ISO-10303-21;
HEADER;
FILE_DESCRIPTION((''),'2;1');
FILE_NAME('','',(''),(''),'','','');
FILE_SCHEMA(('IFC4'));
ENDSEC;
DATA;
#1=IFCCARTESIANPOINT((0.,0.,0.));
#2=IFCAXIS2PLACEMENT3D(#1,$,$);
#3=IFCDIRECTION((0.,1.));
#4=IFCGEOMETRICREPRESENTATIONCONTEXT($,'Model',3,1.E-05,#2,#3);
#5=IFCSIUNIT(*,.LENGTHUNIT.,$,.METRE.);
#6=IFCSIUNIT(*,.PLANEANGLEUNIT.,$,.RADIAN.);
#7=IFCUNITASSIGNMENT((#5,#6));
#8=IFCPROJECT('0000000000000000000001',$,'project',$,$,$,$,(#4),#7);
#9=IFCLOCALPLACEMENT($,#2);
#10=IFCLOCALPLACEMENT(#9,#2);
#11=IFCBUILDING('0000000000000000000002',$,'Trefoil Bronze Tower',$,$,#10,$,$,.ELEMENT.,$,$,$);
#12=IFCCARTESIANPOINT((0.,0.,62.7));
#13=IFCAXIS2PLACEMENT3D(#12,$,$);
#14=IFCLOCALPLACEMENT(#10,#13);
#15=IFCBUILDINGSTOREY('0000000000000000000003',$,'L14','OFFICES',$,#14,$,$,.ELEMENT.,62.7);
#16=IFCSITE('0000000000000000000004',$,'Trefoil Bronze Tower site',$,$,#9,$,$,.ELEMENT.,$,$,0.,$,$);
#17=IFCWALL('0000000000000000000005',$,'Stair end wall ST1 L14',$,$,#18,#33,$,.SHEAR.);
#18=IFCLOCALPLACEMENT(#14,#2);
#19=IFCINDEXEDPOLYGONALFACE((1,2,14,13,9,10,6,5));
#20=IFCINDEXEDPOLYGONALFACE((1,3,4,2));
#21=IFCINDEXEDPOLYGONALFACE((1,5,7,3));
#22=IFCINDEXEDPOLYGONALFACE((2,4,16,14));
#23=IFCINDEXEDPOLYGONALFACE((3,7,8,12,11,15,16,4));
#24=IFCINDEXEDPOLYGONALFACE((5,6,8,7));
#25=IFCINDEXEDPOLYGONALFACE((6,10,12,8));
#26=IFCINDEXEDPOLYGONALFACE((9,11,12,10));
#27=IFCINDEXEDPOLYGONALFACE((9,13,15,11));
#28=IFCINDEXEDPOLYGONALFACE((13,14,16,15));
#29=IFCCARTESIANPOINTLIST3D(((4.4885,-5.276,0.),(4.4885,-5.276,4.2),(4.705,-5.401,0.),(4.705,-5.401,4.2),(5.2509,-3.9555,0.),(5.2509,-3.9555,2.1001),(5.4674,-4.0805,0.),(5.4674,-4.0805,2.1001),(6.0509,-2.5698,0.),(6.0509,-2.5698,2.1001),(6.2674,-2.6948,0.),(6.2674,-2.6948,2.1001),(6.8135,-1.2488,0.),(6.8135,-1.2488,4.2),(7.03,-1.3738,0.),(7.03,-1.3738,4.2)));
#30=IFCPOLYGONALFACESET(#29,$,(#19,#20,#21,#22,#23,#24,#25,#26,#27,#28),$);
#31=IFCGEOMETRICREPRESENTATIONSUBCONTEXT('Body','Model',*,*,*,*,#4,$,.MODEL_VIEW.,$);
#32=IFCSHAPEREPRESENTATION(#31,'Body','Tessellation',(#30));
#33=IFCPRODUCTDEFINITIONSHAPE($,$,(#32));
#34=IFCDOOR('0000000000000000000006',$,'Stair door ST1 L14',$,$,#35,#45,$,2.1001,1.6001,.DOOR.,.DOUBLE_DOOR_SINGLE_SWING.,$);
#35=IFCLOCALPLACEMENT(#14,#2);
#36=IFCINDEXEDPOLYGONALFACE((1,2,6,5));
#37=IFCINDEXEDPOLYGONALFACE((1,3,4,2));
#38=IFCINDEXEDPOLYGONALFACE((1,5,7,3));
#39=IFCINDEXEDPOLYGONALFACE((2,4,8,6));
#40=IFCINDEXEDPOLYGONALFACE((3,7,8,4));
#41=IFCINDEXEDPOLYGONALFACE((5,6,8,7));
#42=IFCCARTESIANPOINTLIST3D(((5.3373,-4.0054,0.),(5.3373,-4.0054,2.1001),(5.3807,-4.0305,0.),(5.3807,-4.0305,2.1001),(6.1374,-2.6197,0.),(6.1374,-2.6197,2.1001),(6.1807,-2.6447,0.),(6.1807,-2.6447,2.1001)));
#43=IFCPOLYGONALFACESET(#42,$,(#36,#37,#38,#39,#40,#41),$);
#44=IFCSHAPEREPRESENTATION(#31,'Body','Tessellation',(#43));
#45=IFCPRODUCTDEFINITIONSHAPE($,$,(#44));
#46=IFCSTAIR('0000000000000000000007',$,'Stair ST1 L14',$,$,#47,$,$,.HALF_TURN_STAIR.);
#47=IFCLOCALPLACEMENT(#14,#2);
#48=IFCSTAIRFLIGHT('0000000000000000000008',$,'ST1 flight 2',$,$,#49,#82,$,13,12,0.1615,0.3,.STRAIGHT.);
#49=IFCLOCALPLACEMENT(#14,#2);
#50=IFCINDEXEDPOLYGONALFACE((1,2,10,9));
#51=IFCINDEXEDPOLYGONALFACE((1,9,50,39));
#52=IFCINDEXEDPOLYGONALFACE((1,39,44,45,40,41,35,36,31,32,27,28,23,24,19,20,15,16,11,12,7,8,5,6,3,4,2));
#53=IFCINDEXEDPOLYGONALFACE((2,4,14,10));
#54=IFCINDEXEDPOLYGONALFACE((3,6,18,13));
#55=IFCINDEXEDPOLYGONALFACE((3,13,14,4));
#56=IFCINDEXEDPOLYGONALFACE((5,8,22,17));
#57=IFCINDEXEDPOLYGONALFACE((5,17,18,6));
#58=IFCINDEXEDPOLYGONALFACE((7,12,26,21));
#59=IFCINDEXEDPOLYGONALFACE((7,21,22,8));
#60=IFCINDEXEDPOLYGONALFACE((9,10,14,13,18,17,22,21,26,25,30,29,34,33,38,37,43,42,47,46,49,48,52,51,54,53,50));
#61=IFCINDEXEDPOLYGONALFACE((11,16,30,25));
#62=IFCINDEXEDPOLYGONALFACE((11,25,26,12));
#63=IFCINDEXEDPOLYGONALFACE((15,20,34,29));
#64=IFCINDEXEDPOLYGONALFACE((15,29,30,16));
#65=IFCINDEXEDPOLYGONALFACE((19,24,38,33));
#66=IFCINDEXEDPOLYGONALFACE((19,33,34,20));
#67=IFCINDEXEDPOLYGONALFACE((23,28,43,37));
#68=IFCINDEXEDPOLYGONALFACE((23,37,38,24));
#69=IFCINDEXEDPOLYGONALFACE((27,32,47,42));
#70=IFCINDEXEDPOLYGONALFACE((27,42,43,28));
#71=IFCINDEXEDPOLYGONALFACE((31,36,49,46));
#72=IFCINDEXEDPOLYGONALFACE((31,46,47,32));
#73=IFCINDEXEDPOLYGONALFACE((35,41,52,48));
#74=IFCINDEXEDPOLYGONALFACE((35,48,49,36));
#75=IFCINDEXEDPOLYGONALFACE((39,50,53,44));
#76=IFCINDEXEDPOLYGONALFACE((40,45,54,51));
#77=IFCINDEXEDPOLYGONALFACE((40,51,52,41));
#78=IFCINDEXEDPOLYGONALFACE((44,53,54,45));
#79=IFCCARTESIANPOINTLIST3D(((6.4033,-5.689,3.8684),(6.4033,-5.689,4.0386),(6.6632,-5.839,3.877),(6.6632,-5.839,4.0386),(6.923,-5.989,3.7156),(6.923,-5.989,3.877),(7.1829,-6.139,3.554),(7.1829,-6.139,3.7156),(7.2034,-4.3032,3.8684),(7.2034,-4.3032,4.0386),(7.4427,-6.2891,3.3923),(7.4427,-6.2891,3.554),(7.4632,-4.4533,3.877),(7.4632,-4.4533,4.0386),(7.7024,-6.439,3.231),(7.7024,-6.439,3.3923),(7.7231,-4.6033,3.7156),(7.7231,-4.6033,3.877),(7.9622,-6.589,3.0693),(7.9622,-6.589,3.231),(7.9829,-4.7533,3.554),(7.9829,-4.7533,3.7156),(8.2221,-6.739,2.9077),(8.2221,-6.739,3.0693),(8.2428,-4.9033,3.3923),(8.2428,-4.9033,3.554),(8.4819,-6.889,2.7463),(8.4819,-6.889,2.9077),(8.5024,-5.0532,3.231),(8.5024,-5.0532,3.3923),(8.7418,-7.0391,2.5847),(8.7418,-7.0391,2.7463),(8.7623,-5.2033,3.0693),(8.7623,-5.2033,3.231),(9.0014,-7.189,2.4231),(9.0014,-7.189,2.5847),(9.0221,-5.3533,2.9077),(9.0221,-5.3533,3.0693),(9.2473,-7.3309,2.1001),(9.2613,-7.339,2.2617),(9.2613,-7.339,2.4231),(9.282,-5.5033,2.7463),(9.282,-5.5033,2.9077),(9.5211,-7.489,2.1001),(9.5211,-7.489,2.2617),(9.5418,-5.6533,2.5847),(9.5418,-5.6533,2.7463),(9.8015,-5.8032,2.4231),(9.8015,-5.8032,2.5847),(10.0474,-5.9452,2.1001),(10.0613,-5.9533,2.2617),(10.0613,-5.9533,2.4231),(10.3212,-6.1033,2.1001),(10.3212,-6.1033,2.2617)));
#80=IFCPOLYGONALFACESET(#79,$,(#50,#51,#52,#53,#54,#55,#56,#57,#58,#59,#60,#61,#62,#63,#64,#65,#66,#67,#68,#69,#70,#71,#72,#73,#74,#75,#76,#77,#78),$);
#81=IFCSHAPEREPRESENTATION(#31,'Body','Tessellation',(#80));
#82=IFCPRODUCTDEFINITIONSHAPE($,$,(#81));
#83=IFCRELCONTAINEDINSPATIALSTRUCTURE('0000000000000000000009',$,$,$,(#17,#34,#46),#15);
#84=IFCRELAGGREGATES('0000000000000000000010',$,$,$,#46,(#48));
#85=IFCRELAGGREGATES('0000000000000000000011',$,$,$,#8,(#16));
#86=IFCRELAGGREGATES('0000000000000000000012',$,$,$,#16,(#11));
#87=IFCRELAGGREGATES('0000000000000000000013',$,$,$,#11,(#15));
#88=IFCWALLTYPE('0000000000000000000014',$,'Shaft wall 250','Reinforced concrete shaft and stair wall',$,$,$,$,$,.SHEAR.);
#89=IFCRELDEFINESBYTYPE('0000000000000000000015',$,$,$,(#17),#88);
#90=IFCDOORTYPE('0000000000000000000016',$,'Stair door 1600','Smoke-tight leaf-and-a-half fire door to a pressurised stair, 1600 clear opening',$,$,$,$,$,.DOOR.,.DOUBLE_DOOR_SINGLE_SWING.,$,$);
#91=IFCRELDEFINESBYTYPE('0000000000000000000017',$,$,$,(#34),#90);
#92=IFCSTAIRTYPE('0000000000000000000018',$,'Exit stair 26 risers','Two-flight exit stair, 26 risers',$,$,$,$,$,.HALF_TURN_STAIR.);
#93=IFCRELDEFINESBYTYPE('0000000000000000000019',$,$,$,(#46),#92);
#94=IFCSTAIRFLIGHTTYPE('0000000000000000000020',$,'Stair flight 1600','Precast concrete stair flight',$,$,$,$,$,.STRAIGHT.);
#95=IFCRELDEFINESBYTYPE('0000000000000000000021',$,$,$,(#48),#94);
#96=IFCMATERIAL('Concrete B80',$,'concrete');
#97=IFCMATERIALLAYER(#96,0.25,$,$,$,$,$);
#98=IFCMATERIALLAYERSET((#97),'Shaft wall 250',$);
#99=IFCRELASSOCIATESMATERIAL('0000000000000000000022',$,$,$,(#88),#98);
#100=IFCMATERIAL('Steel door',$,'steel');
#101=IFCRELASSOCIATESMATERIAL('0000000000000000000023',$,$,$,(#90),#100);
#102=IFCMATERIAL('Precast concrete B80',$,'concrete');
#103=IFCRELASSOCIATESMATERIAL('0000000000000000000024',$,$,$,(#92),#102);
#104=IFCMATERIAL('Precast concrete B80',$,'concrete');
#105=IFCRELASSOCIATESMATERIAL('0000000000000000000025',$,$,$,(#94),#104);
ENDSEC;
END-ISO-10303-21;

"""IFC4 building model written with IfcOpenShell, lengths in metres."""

from ifc_helpers import new_model, si_unit, direction, frame, frame_2d, origin, place, context, subcontext, project, spatial, polyline, rectangle, outline, extrude, material, layer, layer_set, type_object, element, fill, aggregate, save


model = new_model("IFC4")

# Units and contexts
model_context = context("Model", 3, precision=1e-05, world=origin(), true_north=direction((0.0, 1.0)))
body_context = subcontext(model_context, "Body", "Model", "MODEL_VIEW")
ifc_project = project(units=[si_unit("LENGTHUNIT", "METRE"), si_unit("PLANEANGLEUNIT", "RADIAN")], contexts=[model_context])

# Site, building, storey
site_placement = place(None, origin())
site = spatial("IfcSite", under=ifc_project, at=site_placement, Name="Trefoil Bronze Tower site", CompositionType="ELEMENT", RefElevation=0.0)
building_placement = place(site_placement, origin())
building = spatial("IfcBuilding", under=site, at=building_placement, Name="Trefoil Bronze Tower", CompositionType="ELEMENT")
storey_placement = place(building_placement, frame((0.0, 0.0, 62.7)))
storey = spatial("IfcBuildingStorey", under=building, at=storey_placement, Name="L14", Description="OFFICES", CompositionType="ELEMENT", Elevation=62.7)

# Wall, opening, door
ifc_material_1 = material(Name="Concrete B80", Category="concrete")
ifc_layer_1 = layer(ifc_material_1, 0.25)
ifc_layer_set_1 = layer_set([ifc_layer_1], Name="Shaft wall 250")
wall_type_1 = type_object("IfcWallType", Name="Shaft wall 250", Description="Reinforced concrete shaft and stair wall", PredefinedType="SHEAR", material=ifc_layer_set_1)
wall_1_placement = place(storey_placement, frame((4.5967, -5.3386, 0.0), z_axis=(0.0, 0.0, 1.0), x_axis=(0.499985, 0.866034, 0.0)))
wall_1 = element("IfcWall", 1, at=wall_1_placement, inside=storey, type_object=wall_type_1, Name="Stair end wall ST1 L14", PredefinedType="SHEAR", context=body_context, shape_type="SweptSolid", body=[
    extrude(rectangle(XDim=4.6501, YDim=0.25, at=frame_2d((2.3252, 0.0))), origin(), (0.0, 0.0, 1.0), 4.2),
])
opening_1_placement = place(wall_1_placement, frame((1.5249, 0.0, 0.0)))
opening_1 = element("IfcOpeningElement", 2, at=opening_1_placement, cuts=wall_1, PredefinedType="OPENING", context=body_context, shape_type="SweptSolid", body=[
    extrude(rectangle(XDim=1.6001, YDim=2.1001, at=frame_2d((0.8, 1.05))), frame((0.0, 0.135, 0.0), z_axis=(0.0, -1.0, 0.0), x_axis=(1.0, 0.0, 0.0)), (0.0, 0.0, 1.0), 0.27),
])
ifc_material_2 = material(Name="Steel door", Category="steel")
door_type_1 = type_object("IfcDoorType", Name="Stair door 1600", Description="Smoke-tight leaf-and-a-half fire door to a pressurised stair, 1600 clear opening", OperationType="DOUBLE_DOOR_SINGLE_SWING", PredefinedType="DOOR", material=ifc_material_2)
door_1_placement = place(opening_1_placement, frame((1.6001, 0.0, 0.0), z_axis=(0.0, 0.0, 1.0), x_axis=(-1.0, 0.0, 0.0)))
door_1 = element("IfcDoor", 3, at=door_1_placement, inside=storey, type_object=door_type_1, Name="Stair door ST1 L14", OperationType="DOUBLE_DOOR_SINGLE_SWING", OverallHeight=2.1001, OverallWidth=1.6001, PredefinedType="DOOR", context=body_context, shape_type="SweptSolid", body=[
    extrude(rectangle(XDim=1.6001, YDim=2.1001, at=frame_2d((0.8, 1.05))), frame((0.0, 0.0249, 0.0), z_axis=(0.0, -1.0, 0.0), x_axis=(1.0, 0.0, 0.0)), (0.0, 0.0, 1.0), 0.05),
])
fill(opening_1, door_1)

# Stair, stair flight
ifc_material_3 = material(Name="Precast concrete B80", Category="concrete")
stair_type = type_object("IfcStairType", Name="Exit stair 26 risers", Description="Two-flight exit stair, 26 risers", PredefinedType="HALF_TURN_STAIR", material=ifc_material_3)
stair_placement = place(storey_placement, origin())
stair = element("IfcStair", 4, at=stair_placement, inside=storey, type_object=stair_type, Name="Stair ST1 L14", PredefinedType="HALF_TURN_STAIR")
ifc_material_4 = material(Name="Precast concrete B80", Category="concrete")
stair_flight_type = type_object("IfcStairFlightType", Name="Stair flight 1600", Description="Precast concrete stair flight", PredefinedType="STRAIGHT", material=ifc_material_4)
stair_flight_placement = place(storey_placement, frame((9.9211, -6.7961, 2.1001), z_axis=(0.0, 0.0, 1.0), x_axis=(-0.866025, 0.5, 0.0)))
stair_flight = element("IfcStairFlight", 5, at=stair_flight_placement, type_object=stair_flight_type, Name="ST1 flight 2", NumberOfRisers=13, NumberOfTreads=12, PredefinedType="STRAIGHT", RiserHeight=0.1615, TreadLength=0.3, context=body_context, shape_type="SweptSolid", body=[
    extrude(outline(polyline([(0.0, 0.0), (0.0, 0.1616), (0.3, 0.1616), (0.3, 0.323), (0.6001, 0.323), (0.6001, 0.4846), (0.8999, 0.4846), (0.8999, 0.6462), (1.2, 0.6462), (1.2, 0.8076), (1.5, 0.8076), (1.5, 0.9692), (1.8, 0.9692), (1.8, 1.1309), (2.1001, 1.1309), (2.1001, 1.2922), (2.3999, 1.2922), (2.3999, 1.4539), (2.7, 1.4539), (2.7, 1.6155), (3.0, 1.6155), (3.0, 1.7769), (3.3, 1.7769), (3.3, 1.9385), (3.6001, 1.9385), (3.6001, 2.1001), (3.6001, 1.7683), (0.3162, 0.0), (0.0, 0.0)])), frame((0.0, 0.8, 0.0), z_axis=(0.0, -1.0, 0.0), x_axis=(1.0, 0.0, 0.0)), (0.0, 0.0, 1.0), 1.6001),
])
aggregate(stair, [stair_flight])

save(model, "model.ifc")
